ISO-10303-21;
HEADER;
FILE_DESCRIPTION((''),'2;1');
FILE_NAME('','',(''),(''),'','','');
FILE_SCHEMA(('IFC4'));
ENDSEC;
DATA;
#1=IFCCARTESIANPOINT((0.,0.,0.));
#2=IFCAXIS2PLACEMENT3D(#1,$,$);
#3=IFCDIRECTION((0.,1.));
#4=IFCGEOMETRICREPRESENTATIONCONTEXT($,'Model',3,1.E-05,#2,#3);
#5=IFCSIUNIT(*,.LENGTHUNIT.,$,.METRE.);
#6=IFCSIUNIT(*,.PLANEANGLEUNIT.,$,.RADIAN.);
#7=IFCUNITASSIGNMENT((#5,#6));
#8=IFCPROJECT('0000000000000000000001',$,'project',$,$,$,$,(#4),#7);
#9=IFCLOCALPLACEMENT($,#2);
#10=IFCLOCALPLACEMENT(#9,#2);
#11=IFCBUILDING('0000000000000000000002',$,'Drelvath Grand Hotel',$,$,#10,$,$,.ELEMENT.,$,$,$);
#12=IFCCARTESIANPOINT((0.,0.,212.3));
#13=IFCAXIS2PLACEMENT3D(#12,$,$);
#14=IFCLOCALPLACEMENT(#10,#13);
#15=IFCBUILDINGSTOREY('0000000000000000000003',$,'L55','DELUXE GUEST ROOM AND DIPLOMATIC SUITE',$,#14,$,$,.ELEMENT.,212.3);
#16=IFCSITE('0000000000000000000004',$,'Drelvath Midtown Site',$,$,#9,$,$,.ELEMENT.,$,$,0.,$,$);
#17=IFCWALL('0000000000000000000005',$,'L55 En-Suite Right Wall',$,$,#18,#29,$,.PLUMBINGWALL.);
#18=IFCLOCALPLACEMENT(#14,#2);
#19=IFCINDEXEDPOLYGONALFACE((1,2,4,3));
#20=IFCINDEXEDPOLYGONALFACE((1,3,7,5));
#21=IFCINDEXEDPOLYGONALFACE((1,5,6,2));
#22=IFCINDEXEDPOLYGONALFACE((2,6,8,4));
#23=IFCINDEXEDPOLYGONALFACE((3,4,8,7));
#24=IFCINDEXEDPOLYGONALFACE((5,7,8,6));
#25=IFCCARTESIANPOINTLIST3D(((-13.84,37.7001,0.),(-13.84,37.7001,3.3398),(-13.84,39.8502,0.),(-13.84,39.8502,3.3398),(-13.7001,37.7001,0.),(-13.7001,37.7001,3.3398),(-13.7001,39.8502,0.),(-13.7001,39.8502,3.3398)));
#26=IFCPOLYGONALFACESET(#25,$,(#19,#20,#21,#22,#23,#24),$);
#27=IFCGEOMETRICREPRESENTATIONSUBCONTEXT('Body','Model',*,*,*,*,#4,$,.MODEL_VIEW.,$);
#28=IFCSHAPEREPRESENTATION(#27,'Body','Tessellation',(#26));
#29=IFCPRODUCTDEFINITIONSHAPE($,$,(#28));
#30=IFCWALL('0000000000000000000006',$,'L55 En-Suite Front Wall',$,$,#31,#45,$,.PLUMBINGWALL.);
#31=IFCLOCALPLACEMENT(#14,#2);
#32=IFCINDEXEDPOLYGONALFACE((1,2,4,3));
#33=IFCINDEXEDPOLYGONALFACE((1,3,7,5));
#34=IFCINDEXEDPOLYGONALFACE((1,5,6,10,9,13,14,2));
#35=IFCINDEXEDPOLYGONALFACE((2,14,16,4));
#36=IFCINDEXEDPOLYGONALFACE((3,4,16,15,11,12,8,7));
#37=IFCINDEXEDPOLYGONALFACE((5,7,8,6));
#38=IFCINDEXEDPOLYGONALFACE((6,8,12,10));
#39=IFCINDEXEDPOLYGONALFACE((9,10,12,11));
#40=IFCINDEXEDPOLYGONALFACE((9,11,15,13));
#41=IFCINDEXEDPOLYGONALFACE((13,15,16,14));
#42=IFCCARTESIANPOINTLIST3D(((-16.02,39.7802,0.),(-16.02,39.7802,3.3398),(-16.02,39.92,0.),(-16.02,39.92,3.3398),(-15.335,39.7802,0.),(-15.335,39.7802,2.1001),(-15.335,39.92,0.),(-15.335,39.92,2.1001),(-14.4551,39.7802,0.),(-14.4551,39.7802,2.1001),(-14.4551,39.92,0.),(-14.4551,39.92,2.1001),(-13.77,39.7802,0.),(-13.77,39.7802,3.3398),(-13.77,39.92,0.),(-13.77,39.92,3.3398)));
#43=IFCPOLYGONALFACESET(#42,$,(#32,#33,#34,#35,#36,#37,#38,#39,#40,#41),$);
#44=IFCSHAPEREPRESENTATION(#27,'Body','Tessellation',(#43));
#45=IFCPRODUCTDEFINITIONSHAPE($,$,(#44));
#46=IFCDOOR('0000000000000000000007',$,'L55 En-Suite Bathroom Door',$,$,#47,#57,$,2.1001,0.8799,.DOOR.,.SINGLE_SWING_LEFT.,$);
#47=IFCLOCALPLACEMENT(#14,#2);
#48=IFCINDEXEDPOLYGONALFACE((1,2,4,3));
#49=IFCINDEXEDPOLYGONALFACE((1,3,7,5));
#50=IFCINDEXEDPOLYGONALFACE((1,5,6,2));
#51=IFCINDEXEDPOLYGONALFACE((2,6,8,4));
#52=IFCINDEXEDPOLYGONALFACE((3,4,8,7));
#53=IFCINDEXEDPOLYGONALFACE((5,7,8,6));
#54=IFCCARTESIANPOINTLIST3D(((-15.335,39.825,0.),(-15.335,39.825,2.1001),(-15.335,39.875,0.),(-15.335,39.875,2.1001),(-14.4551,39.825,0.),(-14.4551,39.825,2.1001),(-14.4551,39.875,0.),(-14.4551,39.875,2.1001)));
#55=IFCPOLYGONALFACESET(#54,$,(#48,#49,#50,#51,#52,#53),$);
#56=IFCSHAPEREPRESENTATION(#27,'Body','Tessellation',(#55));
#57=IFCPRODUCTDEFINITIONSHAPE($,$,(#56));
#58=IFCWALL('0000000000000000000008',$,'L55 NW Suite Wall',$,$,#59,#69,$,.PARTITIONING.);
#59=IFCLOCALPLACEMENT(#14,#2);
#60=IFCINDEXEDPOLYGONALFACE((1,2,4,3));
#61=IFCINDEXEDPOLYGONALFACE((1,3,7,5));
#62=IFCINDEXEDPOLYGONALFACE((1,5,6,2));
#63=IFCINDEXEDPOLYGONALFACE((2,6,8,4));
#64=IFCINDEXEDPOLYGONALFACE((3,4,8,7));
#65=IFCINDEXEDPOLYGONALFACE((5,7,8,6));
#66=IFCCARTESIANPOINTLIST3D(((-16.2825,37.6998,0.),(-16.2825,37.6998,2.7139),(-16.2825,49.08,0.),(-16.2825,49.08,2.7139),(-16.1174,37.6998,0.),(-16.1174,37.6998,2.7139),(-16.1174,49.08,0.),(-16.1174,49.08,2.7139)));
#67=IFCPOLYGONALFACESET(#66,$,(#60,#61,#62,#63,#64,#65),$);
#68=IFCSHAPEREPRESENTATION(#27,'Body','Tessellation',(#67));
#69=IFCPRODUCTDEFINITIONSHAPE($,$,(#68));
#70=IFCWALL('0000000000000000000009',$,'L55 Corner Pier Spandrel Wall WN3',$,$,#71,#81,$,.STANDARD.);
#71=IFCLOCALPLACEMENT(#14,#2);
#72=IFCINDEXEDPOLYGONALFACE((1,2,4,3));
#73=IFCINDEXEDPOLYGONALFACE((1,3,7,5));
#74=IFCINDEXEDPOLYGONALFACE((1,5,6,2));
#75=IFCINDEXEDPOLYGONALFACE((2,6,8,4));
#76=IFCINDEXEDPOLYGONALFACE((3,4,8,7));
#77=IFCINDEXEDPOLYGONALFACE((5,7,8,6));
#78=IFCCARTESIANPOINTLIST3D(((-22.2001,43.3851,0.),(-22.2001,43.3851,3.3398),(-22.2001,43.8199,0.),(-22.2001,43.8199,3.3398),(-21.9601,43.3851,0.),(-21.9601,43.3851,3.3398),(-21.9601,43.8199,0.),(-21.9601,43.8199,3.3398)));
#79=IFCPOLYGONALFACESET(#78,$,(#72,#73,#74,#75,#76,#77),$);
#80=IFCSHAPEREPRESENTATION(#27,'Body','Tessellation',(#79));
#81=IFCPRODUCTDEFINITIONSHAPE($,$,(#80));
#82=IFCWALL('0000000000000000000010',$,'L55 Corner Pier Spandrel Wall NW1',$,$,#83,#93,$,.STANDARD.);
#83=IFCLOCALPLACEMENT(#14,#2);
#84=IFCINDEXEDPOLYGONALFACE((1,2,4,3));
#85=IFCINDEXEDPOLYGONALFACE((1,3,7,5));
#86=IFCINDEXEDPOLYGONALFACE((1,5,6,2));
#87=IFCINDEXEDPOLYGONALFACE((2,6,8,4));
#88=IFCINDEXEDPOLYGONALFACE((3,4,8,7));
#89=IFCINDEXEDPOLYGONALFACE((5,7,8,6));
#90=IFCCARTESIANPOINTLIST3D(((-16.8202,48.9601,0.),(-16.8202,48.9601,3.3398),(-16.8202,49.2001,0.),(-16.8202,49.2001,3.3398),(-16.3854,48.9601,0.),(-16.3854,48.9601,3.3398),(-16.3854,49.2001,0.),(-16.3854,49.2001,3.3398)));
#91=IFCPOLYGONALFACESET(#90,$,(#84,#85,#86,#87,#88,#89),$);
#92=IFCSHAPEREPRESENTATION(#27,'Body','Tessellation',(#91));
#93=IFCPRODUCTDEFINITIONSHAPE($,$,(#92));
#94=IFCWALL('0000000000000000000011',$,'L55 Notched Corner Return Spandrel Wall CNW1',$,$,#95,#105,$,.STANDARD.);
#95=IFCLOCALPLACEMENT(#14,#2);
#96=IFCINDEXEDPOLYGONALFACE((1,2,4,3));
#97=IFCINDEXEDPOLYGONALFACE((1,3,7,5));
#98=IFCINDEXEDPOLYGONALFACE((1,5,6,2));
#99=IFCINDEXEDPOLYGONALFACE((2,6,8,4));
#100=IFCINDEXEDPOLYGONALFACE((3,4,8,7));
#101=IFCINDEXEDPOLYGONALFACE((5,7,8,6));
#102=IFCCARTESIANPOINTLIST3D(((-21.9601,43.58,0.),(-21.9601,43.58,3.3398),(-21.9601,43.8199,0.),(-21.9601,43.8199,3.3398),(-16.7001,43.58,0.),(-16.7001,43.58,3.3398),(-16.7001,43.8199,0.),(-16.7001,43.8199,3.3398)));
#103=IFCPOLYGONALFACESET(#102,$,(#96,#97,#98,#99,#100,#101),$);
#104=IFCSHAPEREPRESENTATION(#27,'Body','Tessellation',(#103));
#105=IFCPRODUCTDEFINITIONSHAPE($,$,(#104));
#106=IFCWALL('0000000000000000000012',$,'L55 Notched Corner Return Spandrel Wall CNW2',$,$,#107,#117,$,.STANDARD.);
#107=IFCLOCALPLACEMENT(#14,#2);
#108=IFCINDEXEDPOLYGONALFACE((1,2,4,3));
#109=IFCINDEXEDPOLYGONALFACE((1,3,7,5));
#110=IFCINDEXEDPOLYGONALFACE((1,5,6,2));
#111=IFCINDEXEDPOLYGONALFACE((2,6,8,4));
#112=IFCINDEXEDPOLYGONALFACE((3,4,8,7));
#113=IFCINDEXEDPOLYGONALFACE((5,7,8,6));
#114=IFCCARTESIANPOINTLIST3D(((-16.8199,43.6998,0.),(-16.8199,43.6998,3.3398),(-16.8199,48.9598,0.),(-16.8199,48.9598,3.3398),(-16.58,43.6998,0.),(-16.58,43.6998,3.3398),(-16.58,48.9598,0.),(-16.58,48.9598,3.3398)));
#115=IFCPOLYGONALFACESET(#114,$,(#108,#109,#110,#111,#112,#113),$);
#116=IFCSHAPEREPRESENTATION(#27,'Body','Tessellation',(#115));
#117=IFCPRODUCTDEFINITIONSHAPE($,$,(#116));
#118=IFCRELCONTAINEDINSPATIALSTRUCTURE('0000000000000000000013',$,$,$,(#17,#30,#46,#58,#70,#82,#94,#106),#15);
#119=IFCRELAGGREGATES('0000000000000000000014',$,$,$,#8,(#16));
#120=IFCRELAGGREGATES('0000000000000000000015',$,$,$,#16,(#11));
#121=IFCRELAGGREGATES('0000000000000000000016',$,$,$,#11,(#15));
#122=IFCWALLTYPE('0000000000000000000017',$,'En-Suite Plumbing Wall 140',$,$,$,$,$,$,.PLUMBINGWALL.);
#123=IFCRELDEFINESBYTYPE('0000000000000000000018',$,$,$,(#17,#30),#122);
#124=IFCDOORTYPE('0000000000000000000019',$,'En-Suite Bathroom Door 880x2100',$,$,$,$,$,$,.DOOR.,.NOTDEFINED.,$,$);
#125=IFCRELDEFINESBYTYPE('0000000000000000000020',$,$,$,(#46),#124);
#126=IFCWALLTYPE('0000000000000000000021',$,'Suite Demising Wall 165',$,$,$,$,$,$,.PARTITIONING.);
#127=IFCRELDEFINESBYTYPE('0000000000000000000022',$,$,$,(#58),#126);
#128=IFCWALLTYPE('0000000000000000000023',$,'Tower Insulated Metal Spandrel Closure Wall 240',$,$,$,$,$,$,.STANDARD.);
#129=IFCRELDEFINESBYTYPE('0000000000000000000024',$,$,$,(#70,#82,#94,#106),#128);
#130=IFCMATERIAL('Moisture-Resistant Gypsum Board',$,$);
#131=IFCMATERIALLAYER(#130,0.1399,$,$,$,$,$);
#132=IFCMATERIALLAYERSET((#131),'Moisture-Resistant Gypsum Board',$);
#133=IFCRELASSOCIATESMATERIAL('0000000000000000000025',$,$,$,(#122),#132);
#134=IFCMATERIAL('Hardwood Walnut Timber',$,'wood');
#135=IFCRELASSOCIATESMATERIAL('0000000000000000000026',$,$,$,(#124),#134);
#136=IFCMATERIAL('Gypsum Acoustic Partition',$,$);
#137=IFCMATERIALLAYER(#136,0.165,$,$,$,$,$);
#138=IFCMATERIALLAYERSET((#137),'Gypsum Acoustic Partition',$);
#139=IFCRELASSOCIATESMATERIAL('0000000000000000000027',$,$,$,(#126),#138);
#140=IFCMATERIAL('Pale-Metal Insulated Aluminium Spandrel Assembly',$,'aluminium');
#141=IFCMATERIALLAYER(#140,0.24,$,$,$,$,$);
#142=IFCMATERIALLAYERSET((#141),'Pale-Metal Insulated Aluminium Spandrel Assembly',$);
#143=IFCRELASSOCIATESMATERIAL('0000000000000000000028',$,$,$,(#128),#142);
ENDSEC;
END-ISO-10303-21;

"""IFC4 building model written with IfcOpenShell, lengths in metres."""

from ifc_helpers import new_model, si_unit, direction, frame, frame_2d, origin, place, context, subcontext, project, spatial, rectangle, extrude, material, layer, layer_set, type_object, element, fill, save


model = new_model("IFC4")

# Units and contexts
model_context = context("Model", 3, precision=1e-05, world=origin(), true_north=direction((0.0, 1.0)))
body_context = subcontext(model_context, "Body", "Model", "MODEL_VIEW")
ifc_project = project(units=[si_unit("LENGTHUNIT", "METRE"), si_unit("PLANEANGLEUNIT", "RADIAN")], contexts=[model_context])

# Site, building, storey
site_placement = place(None, origin())
site = spatial("IfcSite", under=ifc_project, at=site_placement, Name="Drelvath Midtown Site", CompositionType="ELEMENT", RefElevation=0.0)
building_placement = place(site_placement, origin())
building = spatial("IfcBuilding", under=site, at=building_placement, Name="Drelvath Grand Hotel", CompositionType="ELEMENT")
storey_placement = place(building_placement, frame((0.0, 0.0, 212.3)))
storey = spatial("IfcBuildingStorey", under=building, at=storey_placement, Name="L55", Description="DELUXE GUEST ROOM AND DIPLOMATIC SUITE", CompositionType="ELEMENT", Elevation=212.3)

# Shared definitions
ifc_material_1 = material(Name="Hardwood Walnut Timber", Category="wood")

# Wall
ifc_material_2 = material(Name="Moisture-Resistant Gypsum Board")
ifc_layer_1 = layer(ifc_material_2, 0.1399)
ifc_layer_set_1 = layer_set([ifc_layer_1], Name="Moisture-Resistant Gypsum Board")
wall_type_1 = type_object("IfcWallType", Name="En-Suite Plumbing Wall 140", PredefinedType="PLUMBINGWALL", material=ifc_layer_set_1)
wall_1_placement = place(storey_placement, frame((-13.77, 37.7, 0.0), z_axis=(0.0, 0.0, 1.0), x_axis=(0.0, 1.0, 0.0)))
element("IfcWall", 1, at=wall_1_placement, inside=storey, type_object=wall_type_1, Name="L55 En-Suite Right Wall", PredefinedType="PLUMBINGWALL", context=body_context, shape_type="SweptSolid", body=[
    extrude(rectangle(XDim=2.1501, YDim=0.1399, at=frame_2d((1.0752, 0.0))), origin(), (0.0, 0.0, 1.0), 3.3398),
])

# Wall, opening, door
wall_2_placement = place(storey_placement, frame((-16.02, 39.8501, 0.0), z_axis=(0.0, 0.0, 1.0), x_axis=(1.0, 0.0, 0.0)))
wall_2 = element("IfcWall", 2, at=wall_2_placement, inside=storey, type_object=wall_type_1, Name="L55 En-Suite Front Wall", PredefinedType="PLUMBINGWALL", context=body_context, shape_type="SweptSolid", body=[
    extrude(rectangle(XDim=2.25, YDim=0.1399, at=frame_2d((1.125, 0.0))), origin(), (0.0, 0.0, 1.0), 3.3398),
])
opening_1_placement = place(wall_2_placement, frame((0.6851, 0.0, 0.0)))
opening_1 = element("IfcOpeningElement", 3, at=opening_1_placement, cuts=wall_2, PredefinedType="OPENING", context=body_context, shape_type="SweptSolid", body=[
    extrude(rectangle(XDim=0.8799, YDim=2.1001, at=frame_2d((0.4399, 1.05))), frame((0.0, 0.0798, 0.0), z_axis=(0.0, -1.0, 0.0), x_axis=(1.0, 0.0, 0.0)), (0.0, 0.0, 1.0), 0.1599),
])
door_type_1 = type_object("IfcDoorType", Name="En-Suite Bathroom Door 880x2100", OperationType="NOTDEFINED", PredefinedType="DOOR", material=ifc_material_1)
door_1_placement = place(opening_1_placement, origin())
door_1 = element("IfcDoor", 4, at=door_1_placement, inside=storey, type_object=door_type_1, Name="L55 En-Suite Bathroom Door", OperationType="SINGLE_SWING_LEFT", OverallHeight=2.1001, OverallWidth=0.8799, PredefinedType="DOOR", context=body_context, shape_type="SweptSolid", body=[
    extrude(rectangle(XDim=0.8799, YDim=2.1001, at=frame_2d((0.4399, 1.05))), frame((0.0, 0.0249, 0.0), z_axis=(0.0, -1.0, 0.0), x_axis=(1.0, 0.0, 0.0)), (0.0, 0.0, 1.0), 0.05),
])
fill(opening_1, door_1)

# Walls
ifc_material_3 = material(Name="Gypsum Acoustic Partition")
ifc_layer_2 = layer(ifc_material_3, 0.165)
ifc_layer_set_2 = layer_set([ifc_layer_2], Name="Gypsum Acoustic Partition")
wall_type_2 = type_object("IfcWallType", Name="Suite Demising Wall 165", PredefinedType="PARTITIONING", material=ifc_layer_set_2)
wall_3_placement = place(storey_placement, frame((-16.2, 37.7, 0.0), z_axis=(0.0, 0.0, 1.0), x_axis=(0.0, 1.0, 0.0)))
element("IfcWall", 5, at=wall_3_placement, inside=storey, type_object=wall_type_2, Name="L55 NW Suite Wall", PredefinedType="PARTITIONING", context=body_context, shape_type="SweptSolid", body=[
    extrude(rectangle(XDim=11.3801, YDim=0.165, at=frame_2d((5.6899, 0.0))), origin(), (0.0, 0.0, 1.0), 2.7139),
])
ifc_material_4 = material(Name="Pale-Metal Insulated Aluminium Spandrel Assembly", Category="aluminium")
ifc_layer_3 = layer(ifc_material_4, 0.24)
ifc_layer_set_3 = layer_set([ifc_layer_3], Name="Pale-Metal Insulated Aluminium Spandrel Assembly")
wall_type_3 = type_object("IfcWallType", Name="Tower Insulated Metal Spandrel Closure Wall 240", PredefinedType="STANDARD", material=ifc_layer_set_3)
for number, where, z_axis, x_axis, name in (
    (6, (-22.0801, 43.3853, 0.0), (0.0, 0.0, 1.0), (0.0, 1.0, 0.0), "L55 Corner Pier Spandrel Wall WN3"),
    (7, (-16.8201, 49.0801, 0.0), (0.0, 0.0, 1.0), (1.0, 0.0, 0.0), "L55 Corner Pier Spandrel Wall NW1"),
):
    element("IfcWall", number, at=place(storey_placement, frame(where, z_axis=z_axis, x_axis=x_axis)), inside=storey, type_object=wall_type_3, Name=name, PredefinedType="STANDARD", context=body_context, shape_type="SweptSolid", body=[
        extrude(rectangle(XDim=0.4348, YDim=0.24, at=frame_2d((0.2173, 0.0))), origin(), (0.0, 0.0, 1.0), 3.3398),
    ])
for number, where, z_axis, x_axis, name in (
    (8, (-21.96, 43.7, 0.0), (0.0, 0.0, 1.0), (1.0, 0.0, 0.0), "L55 Notched Corner Return Spandrel Wall CNW1"),
    (9, (-16.7, 43.7, 0.0), (0.0, 0.0, 1.0), (0.0, 1.0, 0.0), "L55 Notched Corner Return Spandrel Wall CNW2"),
):
    element("IfcWall", number, at=place(storey_placement, frame(where, z_axis=z_axis, x_axis=x_axis)), inside=storey, type_object=wall_type_3, Name=name, PredefinedType="STANDARD", context=body_context, shape_type="SweptSolid", body=[
        extrude(rectangle(XDim=5.26, YDim=0.24, at=frame_2d((2.6299, 0.0))), origin(), (0.0, 0.0, 1.0), 3.3398),
    ])

save(model, "model.ifc")
